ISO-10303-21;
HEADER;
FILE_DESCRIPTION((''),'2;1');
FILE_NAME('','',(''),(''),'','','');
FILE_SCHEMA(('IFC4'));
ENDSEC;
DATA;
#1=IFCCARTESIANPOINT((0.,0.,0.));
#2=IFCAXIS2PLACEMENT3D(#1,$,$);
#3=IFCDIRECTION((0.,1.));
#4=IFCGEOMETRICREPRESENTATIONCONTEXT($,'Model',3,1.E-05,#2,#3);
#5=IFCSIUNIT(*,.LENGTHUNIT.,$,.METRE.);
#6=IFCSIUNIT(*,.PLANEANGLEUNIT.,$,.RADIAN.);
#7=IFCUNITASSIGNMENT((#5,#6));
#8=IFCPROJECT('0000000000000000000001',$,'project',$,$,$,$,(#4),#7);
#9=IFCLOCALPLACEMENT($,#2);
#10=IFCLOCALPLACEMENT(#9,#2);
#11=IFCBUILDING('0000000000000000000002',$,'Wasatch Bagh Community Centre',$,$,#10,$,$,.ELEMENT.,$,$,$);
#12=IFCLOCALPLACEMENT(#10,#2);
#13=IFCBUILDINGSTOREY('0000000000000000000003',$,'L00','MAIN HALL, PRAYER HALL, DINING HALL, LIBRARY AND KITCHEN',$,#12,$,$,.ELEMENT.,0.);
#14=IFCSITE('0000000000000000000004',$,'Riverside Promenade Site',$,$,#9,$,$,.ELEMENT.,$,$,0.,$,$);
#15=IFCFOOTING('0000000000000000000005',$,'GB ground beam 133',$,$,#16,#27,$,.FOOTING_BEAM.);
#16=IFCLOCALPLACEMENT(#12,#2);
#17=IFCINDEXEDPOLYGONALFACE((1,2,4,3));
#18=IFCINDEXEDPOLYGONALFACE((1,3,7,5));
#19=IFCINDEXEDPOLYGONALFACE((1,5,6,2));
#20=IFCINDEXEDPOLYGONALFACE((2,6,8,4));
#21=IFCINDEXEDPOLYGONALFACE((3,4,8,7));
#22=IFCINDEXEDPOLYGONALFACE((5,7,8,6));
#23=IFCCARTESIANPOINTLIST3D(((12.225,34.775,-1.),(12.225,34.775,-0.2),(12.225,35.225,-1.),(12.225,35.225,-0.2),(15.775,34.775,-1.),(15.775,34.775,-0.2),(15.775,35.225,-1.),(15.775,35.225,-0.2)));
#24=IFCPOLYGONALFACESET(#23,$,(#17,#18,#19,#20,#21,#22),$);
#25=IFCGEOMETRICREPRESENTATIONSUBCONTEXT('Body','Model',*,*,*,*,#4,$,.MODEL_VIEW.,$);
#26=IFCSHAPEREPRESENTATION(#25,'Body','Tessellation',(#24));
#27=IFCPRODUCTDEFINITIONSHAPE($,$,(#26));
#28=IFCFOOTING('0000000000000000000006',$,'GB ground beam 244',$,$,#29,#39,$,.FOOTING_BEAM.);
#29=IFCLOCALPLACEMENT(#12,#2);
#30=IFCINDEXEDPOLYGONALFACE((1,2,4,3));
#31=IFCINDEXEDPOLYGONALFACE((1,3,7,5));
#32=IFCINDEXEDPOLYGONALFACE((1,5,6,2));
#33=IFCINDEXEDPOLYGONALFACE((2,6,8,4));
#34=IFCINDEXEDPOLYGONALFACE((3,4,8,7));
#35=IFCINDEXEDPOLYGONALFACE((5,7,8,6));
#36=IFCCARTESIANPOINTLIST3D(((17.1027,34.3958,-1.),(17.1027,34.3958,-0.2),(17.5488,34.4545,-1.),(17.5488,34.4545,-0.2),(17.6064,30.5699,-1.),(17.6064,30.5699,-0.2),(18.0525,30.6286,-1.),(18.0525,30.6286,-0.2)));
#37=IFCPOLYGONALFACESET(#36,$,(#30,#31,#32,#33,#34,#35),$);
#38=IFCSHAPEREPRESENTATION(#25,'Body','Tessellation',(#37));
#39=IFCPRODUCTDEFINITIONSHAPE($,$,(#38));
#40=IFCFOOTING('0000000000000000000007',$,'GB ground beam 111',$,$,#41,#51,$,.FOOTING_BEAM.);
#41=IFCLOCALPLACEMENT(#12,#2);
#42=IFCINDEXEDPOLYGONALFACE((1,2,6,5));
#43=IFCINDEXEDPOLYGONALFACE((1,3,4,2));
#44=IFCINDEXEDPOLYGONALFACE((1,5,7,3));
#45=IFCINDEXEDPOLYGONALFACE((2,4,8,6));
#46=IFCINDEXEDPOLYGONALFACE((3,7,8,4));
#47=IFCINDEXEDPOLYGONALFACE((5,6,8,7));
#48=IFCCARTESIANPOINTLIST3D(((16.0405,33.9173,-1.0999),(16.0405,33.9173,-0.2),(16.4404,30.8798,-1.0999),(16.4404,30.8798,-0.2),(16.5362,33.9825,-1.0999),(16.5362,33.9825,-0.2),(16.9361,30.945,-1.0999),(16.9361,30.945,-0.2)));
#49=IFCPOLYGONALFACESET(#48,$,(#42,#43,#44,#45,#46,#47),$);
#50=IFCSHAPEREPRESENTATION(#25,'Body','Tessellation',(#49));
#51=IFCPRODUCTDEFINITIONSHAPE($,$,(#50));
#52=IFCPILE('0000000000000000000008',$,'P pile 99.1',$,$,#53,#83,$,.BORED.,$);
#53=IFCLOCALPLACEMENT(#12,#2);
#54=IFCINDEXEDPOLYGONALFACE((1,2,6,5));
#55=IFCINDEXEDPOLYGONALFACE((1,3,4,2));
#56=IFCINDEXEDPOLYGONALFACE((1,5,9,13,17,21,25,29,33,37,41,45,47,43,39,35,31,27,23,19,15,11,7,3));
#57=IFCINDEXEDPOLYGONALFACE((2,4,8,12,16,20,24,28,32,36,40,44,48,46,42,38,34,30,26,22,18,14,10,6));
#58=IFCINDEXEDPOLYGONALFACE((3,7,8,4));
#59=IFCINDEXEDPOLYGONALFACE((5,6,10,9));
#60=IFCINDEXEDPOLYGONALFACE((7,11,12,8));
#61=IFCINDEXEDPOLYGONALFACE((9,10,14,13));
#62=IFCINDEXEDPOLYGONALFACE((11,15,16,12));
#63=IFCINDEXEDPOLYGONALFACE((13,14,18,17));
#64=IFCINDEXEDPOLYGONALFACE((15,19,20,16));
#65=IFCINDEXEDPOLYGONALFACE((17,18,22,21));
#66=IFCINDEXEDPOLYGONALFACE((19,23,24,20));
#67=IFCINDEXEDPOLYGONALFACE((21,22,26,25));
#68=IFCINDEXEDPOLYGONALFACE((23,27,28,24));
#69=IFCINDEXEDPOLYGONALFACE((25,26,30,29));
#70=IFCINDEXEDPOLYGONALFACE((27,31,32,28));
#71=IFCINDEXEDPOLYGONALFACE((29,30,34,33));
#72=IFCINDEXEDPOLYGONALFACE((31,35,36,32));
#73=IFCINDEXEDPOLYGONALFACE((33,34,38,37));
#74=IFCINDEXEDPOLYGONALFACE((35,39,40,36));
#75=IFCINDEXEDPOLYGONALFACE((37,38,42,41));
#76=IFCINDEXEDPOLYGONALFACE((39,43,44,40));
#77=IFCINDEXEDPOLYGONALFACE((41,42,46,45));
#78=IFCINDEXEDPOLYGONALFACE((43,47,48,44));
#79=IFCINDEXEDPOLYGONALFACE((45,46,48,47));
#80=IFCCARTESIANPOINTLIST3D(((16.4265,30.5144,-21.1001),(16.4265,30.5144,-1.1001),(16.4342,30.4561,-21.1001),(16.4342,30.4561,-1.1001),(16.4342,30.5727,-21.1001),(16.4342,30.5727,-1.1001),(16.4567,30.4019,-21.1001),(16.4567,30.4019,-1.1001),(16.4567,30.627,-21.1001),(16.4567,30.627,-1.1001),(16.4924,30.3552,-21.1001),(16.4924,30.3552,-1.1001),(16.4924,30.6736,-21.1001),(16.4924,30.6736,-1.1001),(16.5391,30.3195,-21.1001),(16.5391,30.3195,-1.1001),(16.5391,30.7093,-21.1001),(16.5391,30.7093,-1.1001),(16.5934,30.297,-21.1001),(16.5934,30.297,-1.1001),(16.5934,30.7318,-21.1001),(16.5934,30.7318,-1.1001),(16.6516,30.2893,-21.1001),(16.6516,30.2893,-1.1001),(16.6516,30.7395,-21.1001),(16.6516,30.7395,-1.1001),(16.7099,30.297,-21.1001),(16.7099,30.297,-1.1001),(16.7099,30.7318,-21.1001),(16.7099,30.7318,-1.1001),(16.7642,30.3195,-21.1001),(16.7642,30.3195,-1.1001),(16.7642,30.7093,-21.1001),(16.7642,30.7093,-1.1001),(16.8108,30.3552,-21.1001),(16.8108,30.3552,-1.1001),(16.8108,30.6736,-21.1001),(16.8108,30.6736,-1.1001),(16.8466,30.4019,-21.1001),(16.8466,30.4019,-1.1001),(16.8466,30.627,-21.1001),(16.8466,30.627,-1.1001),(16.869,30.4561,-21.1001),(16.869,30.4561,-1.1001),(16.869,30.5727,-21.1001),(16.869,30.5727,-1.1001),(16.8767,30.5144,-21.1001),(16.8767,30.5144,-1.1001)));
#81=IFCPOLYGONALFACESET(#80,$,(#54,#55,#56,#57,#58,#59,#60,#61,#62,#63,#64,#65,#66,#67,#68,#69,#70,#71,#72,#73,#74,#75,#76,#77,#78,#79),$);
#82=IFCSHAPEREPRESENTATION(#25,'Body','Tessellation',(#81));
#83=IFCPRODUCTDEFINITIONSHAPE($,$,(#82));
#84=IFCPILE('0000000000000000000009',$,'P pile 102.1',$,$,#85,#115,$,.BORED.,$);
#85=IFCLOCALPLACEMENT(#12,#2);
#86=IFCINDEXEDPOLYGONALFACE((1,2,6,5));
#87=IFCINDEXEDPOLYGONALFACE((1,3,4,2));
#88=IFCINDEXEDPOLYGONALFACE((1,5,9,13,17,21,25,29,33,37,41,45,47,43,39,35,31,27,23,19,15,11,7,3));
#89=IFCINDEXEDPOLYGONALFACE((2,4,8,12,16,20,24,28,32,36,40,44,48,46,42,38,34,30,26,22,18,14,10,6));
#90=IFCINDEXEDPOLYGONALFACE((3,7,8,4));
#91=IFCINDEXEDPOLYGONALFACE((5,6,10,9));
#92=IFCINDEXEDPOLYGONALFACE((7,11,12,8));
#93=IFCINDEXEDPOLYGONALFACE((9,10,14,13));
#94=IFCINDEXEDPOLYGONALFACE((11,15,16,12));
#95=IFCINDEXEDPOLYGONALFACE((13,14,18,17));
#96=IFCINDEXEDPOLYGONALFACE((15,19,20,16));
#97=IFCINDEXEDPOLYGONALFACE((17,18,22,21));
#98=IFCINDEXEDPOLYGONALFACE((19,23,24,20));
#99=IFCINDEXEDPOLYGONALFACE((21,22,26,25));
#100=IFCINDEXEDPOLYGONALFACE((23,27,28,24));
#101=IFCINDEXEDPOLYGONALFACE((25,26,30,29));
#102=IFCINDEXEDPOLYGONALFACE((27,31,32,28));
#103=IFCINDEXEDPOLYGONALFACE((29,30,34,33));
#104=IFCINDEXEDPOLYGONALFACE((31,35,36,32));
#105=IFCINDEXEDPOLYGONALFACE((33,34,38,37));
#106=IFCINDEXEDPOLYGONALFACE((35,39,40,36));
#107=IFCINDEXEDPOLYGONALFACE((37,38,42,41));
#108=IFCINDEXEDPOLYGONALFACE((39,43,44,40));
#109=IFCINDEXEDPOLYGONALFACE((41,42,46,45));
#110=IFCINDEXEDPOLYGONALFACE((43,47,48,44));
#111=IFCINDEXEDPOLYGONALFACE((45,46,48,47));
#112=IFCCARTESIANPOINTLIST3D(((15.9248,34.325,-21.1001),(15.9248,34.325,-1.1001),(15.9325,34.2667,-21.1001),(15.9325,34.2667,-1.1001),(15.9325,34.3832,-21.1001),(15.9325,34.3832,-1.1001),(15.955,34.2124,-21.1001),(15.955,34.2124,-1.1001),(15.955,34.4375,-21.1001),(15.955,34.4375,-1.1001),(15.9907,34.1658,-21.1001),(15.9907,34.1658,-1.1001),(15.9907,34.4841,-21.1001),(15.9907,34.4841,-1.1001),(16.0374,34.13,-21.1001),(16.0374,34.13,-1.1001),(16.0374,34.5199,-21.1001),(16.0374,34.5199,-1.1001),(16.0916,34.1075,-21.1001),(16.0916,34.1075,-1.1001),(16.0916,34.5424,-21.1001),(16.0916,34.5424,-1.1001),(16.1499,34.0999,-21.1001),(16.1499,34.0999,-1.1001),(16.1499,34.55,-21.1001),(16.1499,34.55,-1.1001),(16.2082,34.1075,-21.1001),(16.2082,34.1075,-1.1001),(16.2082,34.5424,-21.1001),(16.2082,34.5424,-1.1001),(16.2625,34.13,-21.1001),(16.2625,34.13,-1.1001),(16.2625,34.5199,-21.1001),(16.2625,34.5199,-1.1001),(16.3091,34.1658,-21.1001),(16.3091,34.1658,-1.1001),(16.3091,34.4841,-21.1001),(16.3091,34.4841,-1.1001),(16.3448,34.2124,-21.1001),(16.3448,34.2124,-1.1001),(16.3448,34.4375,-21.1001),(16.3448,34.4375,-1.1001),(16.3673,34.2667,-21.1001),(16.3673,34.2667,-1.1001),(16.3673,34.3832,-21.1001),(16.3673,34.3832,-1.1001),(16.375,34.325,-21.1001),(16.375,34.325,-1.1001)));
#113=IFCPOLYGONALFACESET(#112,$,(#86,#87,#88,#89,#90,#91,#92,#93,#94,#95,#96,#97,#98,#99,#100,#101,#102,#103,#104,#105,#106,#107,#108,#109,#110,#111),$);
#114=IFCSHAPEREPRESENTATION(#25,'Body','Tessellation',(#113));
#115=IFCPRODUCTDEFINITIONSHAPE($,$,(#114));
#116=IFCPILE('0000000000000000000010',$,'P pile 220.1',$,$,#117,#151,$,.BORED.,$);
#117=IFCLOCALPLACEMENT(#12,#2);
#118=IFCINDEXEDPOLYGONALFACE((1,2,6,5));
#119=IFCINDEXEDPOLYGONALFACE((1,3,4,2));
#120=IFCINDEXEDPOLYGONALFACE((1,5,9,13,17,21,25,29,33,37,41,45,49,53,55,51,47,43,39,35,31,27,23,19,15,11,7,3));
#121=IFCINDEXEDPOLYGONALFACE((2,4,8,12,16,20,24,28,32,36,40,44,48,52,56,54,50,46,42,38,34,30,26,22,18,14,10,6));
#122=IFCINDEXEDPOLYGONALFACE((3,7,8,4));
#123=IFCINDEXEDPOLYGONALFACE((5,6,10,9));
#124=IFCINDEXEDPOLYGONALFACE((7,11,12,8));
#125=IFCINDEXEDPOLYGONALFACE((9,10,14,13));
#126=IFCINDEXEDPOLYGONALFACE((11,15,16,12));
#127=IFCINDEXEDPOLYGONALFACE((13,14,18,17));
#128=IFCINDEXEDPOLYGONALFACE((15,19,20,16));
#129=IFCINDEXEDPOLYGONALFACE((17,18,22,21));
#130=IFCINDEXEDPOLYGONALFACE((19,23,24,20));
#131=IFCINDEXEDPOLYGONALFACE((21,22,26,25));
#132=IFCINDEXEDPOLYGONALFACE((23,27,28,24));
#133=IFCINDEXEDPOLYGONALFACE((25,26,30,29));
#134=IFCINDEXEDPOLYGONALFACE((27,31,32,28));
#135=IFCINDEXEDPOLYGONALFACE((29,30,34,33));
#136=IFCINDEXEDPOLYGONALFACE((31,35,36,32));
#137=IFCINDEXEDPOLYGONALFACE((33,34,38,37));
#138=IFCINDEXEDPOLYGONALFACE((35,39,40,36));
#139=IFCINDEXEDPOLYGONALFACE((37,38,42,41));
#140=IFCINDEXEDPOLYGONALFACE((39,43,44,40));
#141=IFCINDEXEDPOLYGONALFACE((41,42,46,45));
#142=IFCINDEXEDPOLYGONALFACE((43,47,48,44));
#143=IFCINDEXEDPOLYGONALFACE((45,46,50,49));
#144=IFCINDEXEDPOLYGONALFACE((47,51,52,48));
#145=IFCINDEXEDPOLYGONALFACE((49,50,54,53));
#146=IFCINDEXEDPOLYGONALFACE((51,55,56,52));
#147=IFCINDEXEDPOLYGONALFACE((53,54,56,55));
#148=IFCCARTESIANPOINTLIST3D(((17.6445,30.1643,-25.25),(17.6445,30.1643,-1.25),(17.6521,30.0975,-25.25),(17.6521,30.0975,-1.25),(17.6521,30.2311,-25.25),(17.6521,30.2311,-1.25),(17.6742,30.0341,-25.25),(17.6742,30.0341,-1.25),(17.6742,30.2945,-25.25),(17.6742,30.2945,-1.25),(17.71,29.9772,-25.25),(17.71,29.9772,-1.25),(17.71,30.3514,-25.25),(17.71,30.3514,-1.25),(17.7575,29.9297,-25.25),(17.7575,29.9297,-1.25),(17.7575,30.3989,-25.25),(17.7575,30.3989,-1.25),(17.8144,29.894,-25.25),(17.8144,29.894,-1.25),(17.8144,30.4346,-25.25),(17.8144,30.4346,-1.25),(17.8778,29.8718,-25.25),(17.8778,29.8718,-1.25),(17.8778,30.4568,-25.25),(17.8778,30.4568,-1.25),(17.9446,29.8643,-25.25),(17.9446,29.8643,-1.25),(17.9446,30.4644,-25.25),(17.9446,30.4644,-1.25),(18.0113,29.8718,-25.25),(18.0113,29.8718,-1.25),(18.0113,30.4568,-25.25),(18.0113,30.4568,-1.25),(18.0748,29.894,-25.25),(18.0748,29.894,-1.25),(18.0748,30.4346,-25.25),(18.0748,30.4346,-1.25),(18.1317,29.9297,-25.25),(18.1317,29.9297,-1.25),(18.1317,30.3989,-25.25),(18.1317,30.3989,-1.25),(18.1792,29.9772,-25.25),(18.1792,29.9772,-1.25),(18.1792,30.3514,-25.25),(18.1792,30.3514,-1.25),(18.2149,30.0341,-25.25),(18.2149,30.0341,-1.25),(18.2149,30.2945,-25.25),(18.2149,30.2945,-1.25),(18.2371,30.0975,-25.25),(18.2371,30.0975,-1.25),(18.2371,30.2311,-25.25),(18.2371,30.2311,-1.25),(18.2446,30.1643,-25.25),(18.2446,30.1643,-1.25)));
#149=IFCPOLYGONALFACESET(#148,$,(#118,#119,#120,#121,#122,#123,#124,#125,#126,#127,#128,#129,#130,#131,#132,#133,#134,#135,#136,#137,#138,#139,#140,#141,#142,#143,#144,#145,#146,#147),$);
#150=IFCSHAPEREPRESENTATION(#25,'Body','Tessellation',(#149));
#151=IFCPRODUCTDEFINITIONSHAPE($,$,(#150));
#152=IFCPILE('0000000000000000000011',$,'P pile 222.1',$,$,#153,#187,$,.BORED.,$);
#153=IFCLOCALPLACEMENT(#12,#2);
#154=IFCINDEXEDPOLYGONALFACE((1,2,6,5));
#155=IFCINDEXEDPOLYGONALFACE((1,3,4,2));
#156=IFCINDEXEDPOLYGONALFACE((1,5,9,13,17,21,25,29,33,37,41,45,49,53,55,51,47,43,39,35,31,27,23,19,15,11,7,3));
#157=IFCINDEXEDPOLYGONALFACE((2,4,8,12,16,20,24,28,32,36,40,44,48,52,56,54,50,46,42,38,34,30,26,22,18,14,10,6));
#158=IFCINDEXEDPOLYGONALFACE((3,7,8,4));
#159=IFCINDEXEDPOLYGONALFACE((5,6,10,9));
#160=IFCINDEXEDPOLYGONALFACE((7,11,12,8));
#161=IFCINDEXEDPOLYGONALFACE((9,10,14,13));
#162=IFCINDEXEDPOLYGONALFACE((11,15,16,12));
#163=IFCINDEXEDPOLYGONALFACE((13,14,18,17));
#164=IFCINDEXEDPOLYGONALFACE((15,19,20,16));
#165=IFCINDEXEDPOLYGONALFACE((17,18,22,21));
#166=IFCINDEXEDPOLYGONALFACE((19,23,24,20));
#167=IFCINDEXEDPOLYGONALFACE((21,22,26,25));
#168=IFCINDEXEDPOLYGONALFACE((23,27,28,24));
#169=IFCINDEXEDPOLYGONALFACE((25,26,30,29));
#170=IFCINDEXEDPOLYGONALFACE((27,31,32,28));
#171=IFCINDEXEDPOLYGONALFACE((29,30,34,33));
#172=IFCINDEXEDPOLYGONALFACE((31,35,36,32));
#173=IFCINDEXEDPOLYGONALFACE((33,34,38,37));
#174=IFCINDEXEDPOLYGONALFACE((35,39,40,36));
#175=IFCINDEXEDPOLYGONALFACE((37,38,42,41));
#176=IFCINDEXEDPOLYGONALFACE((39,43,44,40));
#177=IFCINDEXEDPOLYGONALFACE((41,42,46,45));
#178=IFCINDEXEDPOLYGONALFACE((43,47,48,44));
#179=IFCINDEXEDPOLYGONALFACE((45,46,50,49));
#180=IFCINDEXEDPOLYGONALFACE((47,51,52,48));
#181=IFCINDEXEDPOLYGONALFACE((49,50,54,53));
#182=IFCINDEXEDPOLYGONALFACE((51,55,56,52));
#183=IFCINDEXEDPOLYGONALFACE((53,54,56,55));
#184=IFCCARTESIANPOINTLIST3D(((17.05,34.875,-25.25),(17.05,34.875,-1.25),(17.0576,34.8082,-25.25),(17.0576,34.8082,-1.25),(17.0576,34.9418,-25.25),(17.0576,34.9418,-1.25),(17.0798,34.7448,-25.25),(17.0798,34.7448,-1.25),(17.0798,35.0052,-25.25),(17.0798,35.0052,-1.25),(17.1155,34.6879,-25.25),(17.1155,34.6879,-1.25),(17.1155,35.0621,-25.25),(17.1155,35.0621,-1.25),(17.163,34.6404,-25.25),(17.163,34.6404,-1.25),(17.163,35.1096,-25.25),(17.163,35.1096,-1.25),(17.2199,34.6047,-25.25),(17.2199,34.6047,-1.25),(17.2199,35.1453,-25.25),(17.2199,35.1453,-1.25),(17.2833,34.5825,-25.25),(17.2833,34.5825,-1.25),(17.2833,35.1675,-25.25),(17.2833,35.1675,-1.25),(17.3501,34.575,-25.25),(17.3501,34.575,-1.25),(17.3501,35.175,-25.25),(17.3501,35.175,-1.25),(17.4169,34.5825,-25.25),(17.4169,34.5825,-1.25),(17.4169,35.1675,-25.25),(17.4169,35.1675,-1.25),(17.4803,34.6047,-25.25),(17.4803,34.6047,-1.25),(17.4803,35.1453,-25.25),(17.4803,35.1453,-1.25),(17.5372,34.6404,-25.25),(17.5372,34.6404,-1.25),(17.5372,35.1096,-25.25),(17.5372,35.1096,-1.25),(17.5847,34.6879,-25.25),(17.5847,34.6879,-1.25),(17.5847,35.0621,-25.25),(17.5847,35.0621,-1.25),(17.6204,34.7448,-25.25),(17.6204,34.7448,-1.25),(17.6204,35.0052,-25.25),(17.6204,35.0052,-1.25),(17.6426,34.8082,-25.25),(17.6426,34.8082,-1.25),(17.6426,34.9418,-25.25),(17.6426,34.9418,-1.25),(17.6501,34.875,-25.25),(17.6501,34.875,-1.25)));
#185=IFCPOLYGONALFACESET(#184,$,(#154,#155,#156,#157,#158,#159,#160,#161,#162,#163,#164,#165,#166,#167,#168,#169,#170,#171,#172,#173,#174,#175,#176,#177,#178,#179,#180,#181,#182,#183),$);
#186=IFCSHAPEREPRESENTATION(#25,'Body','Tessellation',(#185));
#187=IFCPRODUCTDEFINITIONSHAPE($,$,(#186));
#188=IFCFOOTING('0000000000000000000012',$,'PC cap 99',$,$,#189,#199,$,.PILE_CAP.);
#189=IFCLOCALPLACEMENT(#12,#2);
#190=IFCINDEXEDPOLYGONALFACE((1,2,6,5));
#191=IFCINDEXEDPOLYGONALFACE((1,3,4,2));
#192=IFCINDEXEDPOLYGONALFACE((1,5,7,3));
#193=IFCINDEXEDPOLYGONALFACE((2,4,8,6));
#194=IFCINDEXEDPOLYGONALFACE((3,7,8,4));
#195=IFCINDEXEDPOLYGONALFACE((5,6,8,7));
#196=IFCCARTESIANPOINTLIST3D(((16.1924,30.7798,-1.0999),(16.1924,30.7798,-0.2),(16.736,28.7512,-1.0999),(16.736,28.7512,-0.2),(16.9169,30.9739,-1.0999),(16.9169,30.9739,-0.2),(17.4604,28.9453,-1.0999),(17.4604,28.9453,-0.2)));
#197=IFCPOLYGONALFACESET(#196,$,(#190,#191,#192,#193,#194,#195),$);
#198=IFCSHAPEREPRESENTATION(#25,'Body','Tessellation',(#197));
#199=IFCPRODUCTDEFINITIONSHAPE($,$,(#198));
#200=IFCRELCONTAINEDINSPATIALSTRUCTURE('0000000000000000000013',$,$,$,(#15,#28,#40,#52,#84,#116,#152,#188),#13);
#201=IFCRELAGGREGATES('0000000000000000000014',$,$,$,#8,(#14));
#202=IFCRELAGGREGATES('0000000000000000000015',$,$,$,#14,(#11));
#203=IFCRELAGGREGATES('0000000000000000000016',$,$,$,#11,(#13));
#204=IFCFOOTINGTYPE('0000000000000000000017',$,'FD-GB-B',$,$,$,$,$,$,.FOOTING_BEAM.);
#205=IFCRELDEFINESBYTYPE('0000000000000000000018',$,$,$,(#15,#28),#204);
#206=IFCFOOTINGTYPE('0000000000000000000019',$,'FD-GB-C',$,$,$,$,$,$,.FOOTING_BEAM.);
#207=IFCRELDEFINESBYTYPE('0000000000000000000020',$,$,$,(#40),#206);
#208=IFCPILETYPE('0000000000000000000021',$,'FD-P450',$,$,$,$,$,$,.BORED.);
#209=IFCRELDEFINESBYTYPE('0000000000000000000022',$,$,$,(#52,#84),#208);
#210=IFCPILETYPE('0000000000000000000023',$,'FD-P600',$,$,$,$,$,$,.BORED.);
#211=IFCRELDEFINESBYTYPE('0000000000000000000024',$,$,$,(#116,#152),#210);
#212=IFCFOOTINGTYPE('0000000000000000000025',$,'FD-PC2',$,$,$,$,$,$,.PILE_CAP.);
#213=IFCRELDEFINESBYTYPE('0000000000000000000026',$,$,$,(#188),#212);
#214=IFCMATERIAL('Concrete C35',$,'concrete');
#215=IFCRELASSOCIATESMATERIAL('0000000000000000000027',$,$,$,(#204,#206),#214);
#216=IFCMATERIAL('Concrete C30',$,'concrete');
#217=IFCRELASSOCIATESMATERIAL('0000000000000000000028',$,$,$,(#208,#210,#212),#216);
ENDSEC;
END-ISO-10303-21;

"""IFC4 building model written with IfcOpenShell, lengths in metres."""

from ifc_helpers import new_model, si_unit, direction, frame, origin, origin_2d, place, context, subcontext, project, spatial, rectangle, circle, extrude, material, material_profile, profile_set, type_object, element, save


model = new_model("IFC4")

# Units and contexts
model_context = context("Model", 3, precision=1e-05, world=origin(), true_north=direction((0.0, 1.0)))
body_context = subcontext(model_context, "Body", "Model", "MODEL_VIEW")
ifc_project = project(units=[si_unit("LENGTHUNIT", "METRE"), si_unit("PLANEANGLEUNIT", "RADIAN")], contexts=[model_context])

# Site, building, storey
site_placement = place(None, origin())
site = spatial("IfcSite", under=ifc_project, at=site_placement, Name="Riverside Promenade Site", CompositionType="ELEMENT", RefElevation=0.0)
building_placement = place(site_placement, origin())
building = spatial("IfcBuilding", under=site, at=building_placement, Name="Wasatch Bagh Community Centre", CompositionType="ELEMENT")
storey_placement = place(building_placement, origin())
storey = spatial("IfcBuildingStorey", under=building, at=storey_placement, Name="L00", Description="MAIN HALL, PRAYER HALL, DINING HALL, LIBRARY AND KITCHEN", CompositionType="ELEMENT", Elevation=0.0)

# Footings
ifc_material_1 = material(Name="Concrete C35", Category="concrete")
footing_type_1 = type_object("IfcFootingType", Name="FD-GB-B", PredefinedType="FOOTING_BEAM", material=ifc_material_1)
footing_1_placement = place(storey_placement, frame((14.0, 35.0, -1.0), z_axis=(0.0, 0.0, 1.0), x_axis=(-1.0, 0.0, 0.0)))
element("IfcFooting", 1, at=footing_1_placement, inside=storey, type_object=footing_type_1, Name="GB ground beam 133", PredefinedType="FOOTING_BEAM", context=body_context, shape_type="SweptSolid", body=[
    extrude(rectangle(XDim=3.55, YDim=0.45, at=origin_2d()), origin(), (0.0, 0.0, 1.0), 0.8),
])
footing_2_placement = place(storey_placement, frame((17.5776, 32.5122, -1.0), z_axis=(0.0, 0.0, 1.0), x_axis=(-0.130526, 0.991445, 0.0)))
element("IfcFooting", 2, at=footing_2_placement, inside=storey, type_object=footing_type_1, Name="GB ground beam 244", PredefinedType="FOOTING_BEAM", context=body_context, shape_type="SweptSolid", body=[
    extrude(rectangle(XDim=3.8589, YDim=0.45, at=origin_2d()), origin(), (0.0, 0.0, 1.0), 0.8),
])
footing_type_2 = type_object("IfcFootingType", Name="FD-GB-C", PredefinedType="FOOTING_BEAM", material=ifc_material_1)
footing_3_placement = place(storey_placement, frame((16.4883, 32.4312, -1.0999), z_axis=(0.0, 0.0, 1.0), x_axis=(-0.130526, 0.991445, 0.0)))
element("IfcFooting", 3, at=footing_3_placement, inside=storey, type_object=footing_type_2, Name="GB ground beam 111", PredefinedType="FOOTING_BEAM", context=body_context, shape_type="SweptSolid", body=[
    extrude(rectangle(XDim=3.0637, YDim=0.5, at=origin_2d()), origin(), (0.0, 0.0, 1.0), 0.8999),
])

# Piles
ifc_material_2 = material(Name="Concrete C30", Category="concrete")
ifc_material_profile_1 = material_profile(ifc_material_2, circle(Radius=0.2251, at=origin_2d()), Name="RC D450")
ifc_profile_set_1 = profile_set([ifc_material_profile_1], Name="Concrete C30")
pile_type_1 = type_object("IfcPileType", Name="FD-P450", PredefinedType="BORED", material=ifc_profile_set_1)
for number, where, z_axis, x_axis, name in (
    (4, (16.6516, 30.5144, -1.1001), (0.0, 0.0, -1.0), (1.0, 0.0, 0.0), "P pile 99.1"),
    (5, (16.1499, 34.325, -1.1001), (0.0, 0.0, -1.0), (1.0, 0.0, 0.0), "P pile 102.1"),
):
    element("IfcPile", number, at=place(storey_placement, frame(where, z_axis=z_axis, x_axis=x_axis)), inside=storey, type_object=pile_type_1, Name=name, PredefinedType="BORED", context=body_context, shape_type="SweptSolid", body=[
        extrude(circle(Radius=0.2251, at=origin_2d()), origin(), (0.0, 0.0, 1.0), 20.0),
    ])
ifc_material_profile_2 = material_profile(ifc_material_2, circle(Radius=0.3, at=origin_2d()), Name="RC D600")
ifc_profile_set_2 = profile_set([ifc_material_profile_2], Name="Concrete C30")
pile_type_2 = type_object("IfcPileType", Name="FD-P600", PredefinedType="BORED", material=ifc_profile_set_2)
for number, where, z_axis, x_axis, name in (
    (6, (17.9446, 30.1643, -1.25), (0.0, 0.0, -1.0), (1.0, 0.0, 0.0), "P pile 220.1"),
    (7, (17.3501, 34.875, -1.25), (0.0, 0.0, -1.0), (1.0, 0.0, 0.0), "P pile 222.1"),
):
    element("IfcPile", number, at=place(storey_placement, frame(where, z_axis=z_axis, x_axis=x_axis)), inside=storey, type_object=pile_type_2, Name=name, PredefinedType="BORED", context=body_context, shape_type="SweptSolid", body=[
        extrude(circle(Radius=0.3, at=origin_2d()), origin(), (0.0, 0.0, 1.0), 24.0),
    ])

# Footing
footing_type_3 = type_object("IfcFootingType", Name="FD-PC2", PredefinedType="PILE_CAP", material=ifc_material_2)
for number, where, z_axis, x_axis, name in (
    (8, (16.8264, 29.8625, -1.0999), (0.0, 0.0, 1.0), (0.258819, -0.965926, 0.0), "PC cap 99"),
):
    element("IfcFooting", number, at=place(storey_placement, frame(where, z_axis=z_axis, x_axis=x_axis)), inside=storey, type_object=footing_type_3, Name=name, PredefinedType="PILE_CAP", context=body_context, shape_type="SweptSolid", body=[
        extrude(rectangle(XDim=2.1001, YDim=0.75, at=origin_2d()), origin(), (0.0, 0.0, 1.0), 0.8999),
    ])

save(model, "model.ifc")
